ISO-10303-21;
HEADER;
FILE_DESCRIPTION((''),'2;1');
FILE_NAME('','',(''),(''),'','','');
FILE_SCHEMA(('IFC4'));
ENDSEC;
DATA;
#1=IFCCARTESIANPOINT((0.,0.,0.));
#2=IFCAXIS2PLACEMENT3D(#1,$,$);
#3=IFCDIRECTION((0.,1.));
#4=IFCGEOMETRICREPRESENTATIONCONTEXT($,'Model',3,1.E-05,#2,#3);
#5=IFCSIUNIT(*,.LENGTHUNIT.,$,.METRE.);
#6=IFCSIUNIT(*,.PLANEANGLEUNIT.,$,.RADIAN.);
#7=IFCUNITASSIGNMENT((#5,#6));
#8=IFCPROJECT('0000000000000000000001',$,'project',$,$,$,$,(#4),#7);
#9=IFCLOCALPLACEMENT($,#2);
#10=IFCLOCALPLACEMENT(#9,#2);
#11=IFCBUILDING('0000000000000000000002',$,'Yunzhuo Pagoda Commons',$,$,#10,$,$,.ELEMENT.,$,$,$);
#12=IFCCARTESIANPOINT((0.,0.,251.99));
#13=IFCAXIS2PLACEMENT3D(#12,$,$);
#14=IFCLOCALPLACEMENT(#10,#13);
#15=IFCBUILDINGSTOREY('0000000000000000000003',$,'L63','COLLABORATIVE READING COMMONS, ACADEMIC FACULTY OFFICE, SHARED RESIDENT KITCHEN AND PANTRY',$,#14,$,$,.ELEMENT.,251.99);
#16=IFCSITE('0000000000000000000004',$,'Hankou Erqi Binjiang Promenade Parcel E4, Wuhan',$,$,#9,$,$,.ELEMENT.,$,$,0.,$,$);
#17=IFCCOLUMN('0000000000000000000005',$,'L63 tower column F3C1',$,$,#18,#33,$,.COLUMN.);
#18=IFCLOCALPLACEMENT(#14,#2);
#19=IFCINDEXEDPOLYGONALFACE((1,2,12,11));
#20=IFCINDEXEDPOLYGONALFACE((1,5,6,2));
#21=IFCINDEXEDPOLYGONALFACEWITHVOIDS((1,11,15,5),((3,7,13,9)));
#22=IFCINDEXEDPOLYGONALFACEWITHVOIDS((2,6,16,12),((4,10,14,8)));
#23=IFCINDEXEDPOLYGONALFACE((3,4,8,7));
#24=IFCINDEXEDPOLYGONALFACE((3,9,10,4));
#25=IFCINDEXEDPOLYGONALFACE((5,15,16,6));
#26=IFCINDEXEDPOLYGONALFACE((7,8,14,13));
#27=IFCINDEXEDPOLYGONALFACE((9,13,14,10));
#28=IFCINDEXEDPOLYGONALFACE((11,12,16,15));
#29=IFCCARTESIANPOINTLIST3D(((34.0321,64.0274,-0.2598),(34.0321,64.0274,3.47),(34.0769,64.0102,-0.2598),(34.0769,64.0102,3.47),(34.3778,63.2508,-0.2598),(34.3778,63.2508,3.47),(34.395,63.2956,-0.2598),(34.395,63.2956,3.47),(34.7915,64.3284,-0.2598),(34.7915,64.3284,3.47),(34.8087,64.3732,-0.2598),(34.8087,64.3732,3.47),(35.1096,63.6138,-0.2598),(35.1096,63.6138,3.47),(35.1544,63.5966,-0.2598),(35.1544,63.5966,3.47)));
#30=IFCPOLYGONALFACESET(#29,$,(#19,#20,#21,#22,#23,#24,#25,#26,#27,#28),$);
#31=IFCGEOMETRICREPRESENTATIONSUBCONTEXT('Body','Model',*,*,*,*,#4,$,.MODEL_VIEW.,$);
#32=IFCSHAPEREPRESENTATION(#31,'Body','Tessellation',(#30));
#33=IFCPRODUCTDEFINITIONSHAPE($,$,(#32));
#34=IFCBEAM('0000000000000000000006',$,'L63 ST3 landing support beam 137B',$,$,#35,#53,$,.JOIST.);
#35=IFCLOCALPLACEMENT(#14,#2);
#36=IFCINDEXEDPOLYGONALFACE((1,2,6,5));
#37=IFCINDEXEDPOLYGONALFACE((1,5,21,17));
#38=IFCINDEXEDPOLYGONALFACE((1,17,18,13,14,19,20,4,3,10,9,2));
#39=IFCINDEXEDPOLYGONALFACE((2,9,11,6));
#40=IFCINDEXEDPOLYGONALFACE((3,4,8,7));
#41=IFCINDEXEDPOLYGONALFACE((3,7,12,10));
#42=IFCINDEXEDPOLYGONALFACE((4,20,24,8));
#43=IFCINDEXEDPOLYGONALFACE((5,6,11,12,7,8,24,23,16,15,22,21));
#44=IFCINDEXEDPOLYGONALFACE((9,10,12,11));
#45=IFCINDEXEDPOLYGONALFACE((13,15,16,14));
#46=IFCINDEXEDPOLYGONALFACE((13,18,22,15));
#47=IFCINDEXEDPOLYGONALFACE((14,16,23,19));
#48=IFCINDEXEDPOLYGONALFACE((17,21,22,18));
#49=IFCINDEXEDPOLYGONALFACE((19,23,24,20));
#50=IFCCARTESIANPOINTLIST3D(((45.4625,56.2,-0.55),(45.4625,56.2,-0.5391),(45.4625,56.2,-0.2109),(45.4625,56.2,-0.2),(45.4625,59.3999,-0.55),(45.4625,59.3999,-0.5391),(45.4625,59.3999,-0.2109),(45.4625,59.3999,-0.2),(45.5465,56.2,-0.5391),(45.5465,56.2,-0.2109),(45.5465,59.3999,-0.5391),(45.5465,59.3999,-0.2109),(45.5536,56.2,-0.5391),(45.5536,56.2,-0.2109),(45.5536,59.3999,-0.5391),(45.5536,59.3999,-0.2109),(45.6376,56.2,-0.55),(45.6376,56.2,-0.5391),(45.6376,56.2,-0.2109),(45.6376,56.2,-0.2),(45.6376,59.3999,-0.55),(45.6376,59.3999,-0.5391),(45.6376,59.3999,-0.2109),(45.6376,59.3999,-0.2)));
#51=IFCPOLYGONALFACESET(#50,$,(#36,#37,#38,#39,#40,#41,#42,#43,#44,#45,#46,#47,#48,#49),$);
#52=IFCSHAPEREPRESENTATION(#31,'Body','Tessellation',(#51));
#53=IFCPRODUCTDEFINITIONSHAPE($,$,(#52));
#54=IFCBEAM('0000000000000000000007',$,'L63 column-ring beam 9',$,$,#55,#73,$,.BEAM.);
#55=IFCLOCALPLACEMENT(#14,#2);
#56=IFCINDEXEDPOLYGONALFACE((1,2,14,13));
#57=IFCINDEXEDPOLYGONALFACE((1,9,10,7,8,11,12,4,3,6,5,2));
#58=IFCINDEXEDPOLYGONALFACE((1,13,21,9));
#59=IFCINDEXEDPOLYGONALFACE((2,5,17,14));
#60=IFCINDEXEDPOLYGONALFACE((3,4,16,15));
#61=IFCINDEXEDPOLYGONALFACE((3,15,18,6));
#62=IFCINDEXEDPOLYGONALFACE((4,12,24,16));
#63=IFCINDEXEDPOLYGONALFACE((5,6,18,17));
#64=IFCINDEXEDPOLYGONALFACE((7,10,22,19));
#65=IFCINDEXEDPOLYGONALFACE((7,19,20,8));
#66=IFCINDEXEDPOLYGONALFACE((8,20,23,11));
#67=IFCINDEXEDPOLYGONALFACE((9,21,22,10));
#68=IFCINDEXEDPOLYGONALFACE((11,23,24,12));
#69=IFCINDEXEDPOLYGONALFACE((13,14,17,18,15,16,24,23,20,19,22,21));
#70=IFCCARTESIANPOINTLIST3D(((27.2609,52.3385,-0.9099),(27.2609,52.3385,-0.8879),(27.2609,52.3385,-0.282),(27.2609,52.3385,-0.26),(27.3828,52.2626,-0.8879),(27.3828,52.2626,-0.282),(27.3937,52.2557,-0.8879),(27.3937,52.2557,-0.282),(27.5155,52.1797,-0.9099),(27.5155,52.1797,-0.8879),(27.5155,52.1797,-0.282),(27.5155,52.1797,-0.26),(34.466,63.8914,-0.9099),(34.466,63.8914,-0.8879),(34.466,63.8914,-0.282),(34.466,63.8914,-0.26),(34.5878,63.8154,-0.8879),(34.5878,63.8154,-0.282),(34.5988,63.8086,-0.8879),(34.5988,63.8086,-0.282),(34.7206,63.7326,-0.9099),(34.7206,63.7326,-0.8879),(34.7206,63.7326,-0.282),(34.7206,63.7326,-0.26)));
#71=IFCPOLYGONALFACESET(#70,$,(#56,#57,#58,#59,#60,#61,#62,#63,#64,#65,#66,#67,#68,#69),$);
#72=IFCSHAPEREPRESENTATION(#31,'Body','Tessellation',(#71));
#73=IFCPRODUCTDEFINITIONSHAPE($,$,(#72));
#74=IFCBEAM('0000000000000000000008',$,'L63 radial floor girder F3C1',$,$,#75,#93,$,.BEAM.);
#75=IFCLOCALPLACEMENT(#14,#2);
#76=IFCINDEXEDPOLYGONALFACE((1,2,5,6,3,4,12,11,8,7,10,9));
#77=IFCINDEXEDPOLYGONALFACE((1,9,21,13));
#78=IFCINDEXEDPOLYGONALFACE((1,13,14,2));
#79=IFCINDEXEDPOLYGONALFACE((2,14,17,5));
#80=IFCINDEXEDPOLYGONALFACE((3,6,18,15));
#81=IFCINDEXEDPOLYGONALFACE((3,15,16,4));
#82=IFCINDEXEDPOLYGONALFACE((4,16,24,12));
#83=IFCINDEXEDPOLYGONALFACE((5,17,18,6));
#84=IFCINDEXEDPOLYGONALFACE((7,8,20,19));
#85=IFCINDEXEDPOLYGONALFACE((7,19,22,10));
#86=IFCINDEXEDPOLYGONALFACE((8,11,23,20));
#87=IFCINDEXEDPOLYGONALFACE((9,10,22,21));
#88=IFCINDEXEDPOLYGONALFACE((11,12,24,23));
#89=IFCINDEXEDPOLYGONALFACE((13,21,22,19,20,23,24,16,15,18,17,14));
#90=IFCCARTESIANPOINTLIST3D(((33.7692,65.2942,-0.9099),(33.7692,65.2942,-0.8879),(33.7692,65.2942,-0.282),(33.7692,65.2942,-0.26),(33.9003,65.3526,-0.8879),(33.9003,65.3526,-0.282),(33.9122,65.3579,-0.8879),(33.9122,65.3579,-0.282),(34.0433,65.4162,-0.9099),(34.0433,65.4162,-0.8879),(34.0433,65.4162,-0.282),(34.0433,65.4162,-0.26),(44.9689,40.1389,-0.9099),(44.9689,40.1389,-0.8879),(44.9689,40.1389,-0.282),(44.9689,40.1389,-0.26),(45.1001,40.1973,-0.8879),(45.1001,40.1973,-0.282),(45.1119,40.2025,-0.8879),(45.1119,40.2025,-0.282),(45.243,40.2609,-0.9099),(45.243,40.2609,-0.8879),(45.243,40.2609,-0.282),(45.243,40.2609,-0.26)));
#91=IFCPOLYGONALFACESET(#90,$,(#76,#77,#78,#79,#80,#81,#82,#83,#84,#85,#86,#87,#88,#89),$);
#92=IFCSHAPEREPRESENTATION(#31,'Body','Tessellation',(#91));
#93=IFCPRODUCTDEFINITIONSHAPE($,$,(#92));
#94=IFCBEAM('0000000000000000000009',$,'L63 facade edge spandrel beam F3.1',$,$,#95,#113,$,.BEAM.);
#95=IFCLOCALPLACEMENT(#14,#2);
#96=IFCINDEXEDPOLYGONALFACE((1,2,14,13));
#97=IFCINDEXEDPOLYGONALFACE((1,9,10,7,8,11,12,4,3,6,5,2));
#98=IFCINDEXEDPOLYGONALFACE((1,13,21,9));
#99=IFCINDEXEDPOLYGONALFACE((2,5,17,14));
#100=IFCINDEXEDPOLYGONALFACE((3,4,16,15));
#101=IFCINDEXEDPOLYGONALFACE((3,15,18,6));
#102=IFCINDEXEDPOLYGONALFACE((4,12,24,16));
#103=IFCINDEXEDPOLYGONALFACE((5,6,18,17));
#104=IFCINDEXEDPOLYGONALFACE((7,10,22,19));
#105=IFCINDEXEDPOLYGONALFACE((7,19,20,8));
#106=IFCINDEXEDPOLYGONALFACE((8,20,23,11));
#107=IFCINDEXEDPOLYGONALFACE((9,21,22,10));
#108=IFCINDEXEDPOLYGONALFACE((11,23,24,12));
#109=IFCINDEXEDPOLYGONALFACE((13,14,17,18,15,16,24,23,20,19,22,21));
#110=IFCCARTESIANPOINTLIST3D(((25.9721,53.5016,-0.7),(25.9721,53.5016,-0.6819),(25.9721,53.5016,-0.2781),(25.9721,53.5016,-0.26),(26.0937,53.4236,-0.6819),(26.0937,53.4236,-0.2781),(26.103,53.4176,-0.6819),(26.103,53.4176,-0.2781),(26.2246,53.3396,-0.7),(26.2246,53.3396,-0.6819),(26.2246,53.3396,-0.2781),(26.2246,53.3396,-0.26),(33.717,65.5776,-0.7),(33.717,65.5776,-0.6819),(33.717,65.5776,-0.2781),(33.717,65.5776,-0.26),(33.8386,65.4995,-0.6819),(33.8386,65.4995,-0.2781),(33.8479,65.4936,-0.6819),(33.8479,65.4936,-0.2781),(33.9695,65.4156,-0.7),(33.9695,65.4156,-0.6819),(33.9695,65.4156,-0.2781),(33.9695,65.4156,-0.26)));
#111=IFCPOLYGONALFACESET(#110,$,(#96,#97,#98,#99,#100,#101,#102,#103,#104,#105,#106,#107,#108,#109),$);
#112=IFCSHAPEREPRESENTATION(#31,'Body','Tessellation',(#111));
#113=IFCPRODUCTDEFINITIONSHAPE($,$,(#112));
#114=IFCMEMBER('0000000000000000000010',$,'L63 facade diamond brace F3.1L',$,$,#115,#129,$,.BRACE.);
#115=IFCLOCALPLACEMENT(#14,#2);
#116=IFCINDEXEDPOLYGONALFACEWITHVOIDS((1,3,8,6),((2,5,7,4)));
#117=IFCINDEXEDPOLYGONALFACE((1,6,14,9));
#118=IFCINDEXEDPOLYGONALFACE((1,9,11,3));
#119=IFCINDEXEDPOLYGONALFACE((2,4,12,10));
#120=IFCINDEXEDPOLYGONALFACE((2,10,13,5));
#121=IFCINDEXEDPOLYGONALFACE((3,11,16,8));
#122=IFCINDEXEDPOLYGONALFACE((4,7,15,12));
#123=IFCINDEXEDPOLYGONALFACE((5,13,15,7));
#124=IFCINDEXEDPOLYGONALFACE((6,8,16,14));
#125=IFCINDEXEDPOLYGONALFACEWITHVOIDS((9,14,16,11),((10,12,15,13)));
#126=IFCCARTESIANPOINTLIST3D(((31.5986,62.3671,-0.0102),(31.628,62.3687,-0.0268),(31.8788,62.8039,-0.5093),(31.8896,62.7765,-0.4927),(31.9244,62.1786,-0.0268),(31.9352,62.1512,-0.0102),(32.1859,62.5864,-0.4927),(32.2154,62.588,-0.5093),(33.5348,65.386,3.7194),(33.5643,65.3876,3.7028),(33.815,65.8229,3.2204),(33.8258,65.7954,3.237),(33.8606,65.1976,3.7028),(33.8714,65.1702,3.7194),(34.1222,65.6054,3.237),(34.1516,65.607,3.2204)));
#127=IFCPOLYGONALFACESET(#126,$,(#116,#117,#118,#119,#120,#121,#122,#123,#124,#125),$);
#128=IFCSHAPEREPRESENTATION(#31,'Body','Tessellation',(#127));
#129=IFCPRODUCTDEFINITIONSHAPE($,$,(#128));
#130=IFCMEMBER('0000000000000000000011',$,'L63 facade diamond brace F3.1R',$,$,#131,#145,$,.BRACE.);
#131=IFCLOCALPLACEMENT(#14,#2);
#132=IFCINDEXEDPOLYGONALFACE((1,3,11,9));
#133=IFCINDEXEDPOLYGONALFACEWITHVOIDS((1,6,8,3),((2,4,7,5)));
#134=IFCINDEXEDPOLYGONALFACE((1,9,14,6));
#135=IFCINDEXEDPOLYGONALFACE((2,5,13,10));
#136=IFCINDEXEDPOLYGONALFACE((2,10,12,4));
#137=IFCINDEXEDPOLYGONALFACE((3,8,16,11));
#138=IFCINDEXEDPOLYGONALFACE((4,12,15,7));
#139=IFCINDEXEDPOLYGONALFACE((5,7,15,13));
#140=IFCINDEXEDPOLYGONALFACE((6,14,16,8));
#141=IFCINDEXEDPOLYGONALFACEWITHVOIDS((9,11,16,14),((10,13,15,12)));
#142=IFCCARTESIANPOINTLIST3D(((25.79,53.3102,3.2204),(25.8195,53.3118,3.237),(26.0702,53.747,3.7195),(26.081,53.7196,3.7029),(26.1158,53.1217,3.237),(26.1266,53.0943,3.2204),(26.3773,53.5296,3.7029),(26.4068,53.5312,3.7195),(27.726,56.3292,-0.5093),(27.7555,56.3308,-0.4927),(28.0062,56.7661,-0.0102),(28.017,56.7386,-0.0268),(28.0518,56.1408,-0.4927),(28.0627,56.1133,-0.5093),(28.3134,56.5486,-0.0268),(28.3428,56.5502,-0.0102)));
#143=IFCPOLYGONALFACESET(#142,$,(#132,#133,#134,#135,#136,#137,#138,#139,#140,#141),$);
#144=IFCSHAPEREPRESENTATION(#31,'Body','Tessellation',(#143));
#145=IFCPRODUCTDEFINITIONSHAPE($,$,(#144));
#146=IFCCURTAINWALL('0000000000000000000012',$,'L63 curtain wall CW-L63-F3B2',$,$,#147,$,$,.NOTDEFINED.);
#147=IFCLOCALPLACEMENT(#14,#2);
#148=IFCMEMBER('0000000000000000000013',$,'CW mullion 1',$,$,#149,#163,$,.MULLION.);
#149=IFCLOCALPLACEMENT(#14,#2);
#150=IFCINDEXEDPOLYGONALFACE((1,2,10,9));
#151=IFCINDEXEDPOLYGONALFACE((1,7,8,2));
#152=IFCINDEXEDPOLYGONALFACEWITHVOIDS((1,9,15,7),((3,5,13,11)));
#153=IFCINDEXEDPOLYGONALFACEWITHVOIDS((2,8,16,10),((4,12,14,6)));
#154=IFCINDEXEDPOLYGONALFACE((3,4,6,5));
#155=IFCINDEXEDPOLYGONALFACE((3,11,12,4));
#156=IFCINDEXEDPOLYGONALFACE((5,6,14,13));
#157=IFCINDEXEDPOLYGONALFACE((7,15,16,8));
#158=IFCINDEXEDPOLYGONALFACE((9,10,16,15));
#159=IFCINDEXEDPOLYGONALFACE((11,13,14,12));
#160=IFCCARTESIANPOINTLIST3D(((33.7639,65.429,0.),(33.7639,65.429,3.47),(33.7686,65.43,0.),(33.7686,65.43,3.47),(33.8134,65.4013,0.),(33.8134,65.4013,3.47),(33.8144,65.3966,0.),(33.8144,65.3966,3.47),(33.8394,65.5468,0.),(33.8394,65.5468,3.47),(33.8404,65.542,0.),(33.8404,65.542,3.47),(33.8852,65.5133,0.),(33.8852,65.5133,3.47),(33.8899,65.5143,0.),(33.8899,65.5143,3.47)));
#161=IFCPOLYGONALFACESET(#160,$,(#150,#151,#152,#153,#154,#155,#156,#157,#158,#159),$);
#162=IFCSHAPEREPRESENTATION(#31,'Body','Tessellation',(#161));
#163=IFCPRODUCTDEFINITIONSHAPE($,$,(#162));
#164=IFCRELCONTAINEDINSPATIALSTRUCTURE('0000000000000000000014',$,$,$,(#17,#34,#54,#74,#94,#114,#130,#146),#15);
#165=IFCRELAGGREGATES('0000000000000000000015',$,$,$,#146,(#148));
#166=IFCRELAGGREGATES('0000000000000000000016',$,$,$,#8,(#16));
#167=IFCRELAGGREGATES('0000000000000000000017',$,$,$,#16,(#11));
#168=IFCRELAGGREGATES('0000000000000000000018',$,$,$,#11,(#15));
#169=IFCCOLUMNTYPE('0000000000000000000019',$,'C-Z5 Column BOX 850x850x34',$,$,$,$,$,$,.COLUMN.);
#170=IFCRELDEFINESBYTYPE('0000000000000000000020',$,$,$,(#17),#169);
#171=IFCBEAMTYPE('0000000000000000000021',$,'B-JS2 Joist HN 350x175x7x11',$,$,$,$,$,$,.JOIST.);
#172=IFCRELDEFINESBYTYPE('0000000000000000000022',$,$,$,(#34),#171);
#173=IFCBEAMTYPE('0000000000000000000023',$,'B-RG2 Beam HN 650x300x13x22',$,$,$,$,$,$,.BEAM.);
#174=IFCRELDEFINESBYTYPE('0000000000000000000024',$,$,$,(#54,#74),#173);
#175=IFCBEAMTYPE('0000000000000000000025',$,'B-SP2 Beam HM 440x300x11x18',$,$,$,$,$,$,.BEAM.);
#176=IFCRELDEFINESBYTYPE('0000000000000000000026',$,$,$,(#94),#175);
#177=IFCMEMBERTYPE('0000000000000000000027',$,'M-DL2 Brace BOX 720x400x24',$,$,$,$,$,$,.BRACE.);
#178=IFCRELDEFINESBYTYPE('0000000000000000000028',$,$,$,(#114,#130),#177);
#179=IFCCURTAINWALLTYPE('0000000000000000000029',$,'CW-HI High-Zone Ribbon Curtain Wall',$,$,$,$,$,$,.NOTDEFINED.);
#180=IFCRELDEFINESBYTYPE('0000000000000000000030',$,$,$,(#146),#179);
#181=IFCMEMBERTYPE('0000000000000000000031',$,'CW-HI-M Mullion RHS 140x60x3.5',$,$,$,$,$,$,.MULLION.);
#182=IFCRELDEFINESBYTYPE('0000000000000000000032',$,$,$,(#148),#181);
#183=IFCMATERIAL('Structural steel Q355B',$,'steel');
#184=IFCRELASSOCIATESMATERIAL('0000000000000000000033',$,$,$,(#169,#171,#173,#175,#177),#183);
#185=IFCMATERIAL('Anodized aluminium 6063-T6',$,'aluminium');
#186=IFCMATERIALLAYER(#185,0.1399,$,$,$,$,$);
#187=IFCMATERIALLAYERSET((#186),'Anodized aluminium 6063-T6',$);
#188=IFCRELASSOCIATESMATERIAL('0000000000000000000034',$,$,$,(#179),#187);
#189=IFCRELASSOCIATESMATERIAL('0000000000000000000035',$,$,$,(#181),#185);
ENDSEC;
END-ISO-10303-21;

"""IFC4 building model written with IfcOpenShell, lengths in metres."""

from ifc_helpers import new_model, si_unit, direction, frame, origin, origin_2d, place, context, subcontext, project, spatial, hollow_rectangle, i_section, extrude, source, transform, mapped, material, layer, layer_set, material_profile, profile_set, type_object, element, aggregate, save


model = new_model("IFC4")

# Units and contexts
model_context = context("Model", 3, precision=1e-05, world=origin(), true_north=direction((0.0, 1.0)))
body_context = subcontext(model_context, "Body", "Model", "MODEL_VIEW")
ifc_project = project(units=[si_unit("LENGTHUNIT", "METRE"), si_unit("PLANEANGLEUNIT", "RADIAN")], contexts=[model_context])

# Site, building, storey
site_placement = place(None, origin())
site = spatial("IfcSite", under=ifc_project, at=site_placement, Name="Hankou Erqi Binjiang Promenade Parcel E4, Wuhan", CompositionType="ELEMENT", RefElevation=0.0)
building_placement = place(site_placement, origin())
building = spatial("IfcBuilding", under=site, at=building_placement, Name="Yunzhuo Pagoda Commons", CompositionType="ELEMENT")
storey_placement = place(building_placement, frame((0.0, 0.0, 251.99)))
storey = spatial("IfcBuildingStorey", under=building, at=storey_placement, Name="L63", Description="COLLABORATIVE READING COMMONS, ACADEMIC FACULTY OFFICE, SHARED RESIDENT KITCHEN AND PANTRY", CompositionType="ELEMENT", Elevation=251.99)

# Column
ifc_material_1 = material(Name="Structural steel Q355B", Category="steel")
ifc_material_profile_1 = material_profile(ifc_material_1, hollow_rectangle(XDim=0.8501, YDim=0.8501, WallThickness=0.0339, at=origin_2d()), Name="Structural steel Q355B")
ifc_profile_set_1 = profile_set([ifc_material_profile_1], Name="Structural steel Q355B")
column_type = type_object("IfcColumnType", Name="C-Z5 Column BOX 850x850x34", PredefinedType="COLUMN", material=ifc_profile_set_1)
shared_shape_1 = source(origin(), body_context, "Body", "SweptSolid", [
    extrude(hollow_rectangle(XDim=0.8501, YDim=0.8501, WallThickness=0.0339, at=origin_2d()), origin(), (0.0, 0.0, 1.0), 3.7297),
])
column_placement = place(storey_placement, frame((34.5933, 63.812, -0.2598), z_axis=(0.0, 0.0, 1.0), x_axis=(-0.913545, -0.406737, 0.0)))
element("IfcColumn", 1, at=column_placement, inside=storey, type_object=column_type, Name="L63 tower column F3C1", PredefinedType="COLUMN", context=body_context, shape_type="MappedRepresentation", body=[
    mapped(shared_shape_1, transform((0.0, 0.0, 0.0), scale=1.0)),
])

# Beams
ifc_material_profile_2 = material_profile(ifc_material_1, i_section(OverallWidth=0.175, OverallDepth=0.3501, WebThickness=0.0071, FlangeThickness=0.011, at=origin_2d()), Name="Structural steel Q355B")
ifc_profile_set_2 = profile_set([ifc_material_profile_2], Name="Structural steel Q355B")
beam_type_1 = type_object("IfcBeamType", Name="B-JS2 Joist HN 350x175x7x11", PredefinedType="JOIST", material=ifc_profile_set_2)
shared_shape_2 = source(origin(), body_context, "Body", "SweptSolid", [
    extrude(i_section(OverallWidth=0.175, OverallDepth=0.3501, WebThickness=0.0071, FlangeThickness=0.011, at=origin_2d()), origin(), (0.0, 0.0, 1.0), 3.2),
])
beam_1_placement = place(storey_placement, frame((45.55, 56.2, -0.375), z_axis=(0.0, 1.0, 0.0), x_axis=(-1.0, 0.0, 0.0)))
element("IfcBeam", 2, at=beam_1_placement, inside=storey, type_object=beam_type_1, Name="L63 ST3 landing support beam 137B", PredefinedType="JOIST", context=body_context, shape_type="MappedRepresentation", body=[
    mapped(shared_shape_2, transform((0.0, 0.0, 0.0), scale=1.0)),
])
ifc_material_profile_3 = material_profile(ifc_material_1, i_section(OverallWidth=0.3, OverallDepth=0.6499, WebThickness=0.0129, FlangeThickness=0.022, at=origin_2d()), Name="Structural steel Q355B")
ifc_profile_set_3 = profile_set([ifc_material_profile_3], Name="Structural steel Q355B")
beam_type_2 = type_object("IfcBeamType", Name="B-RG2 Beam HN 650x300x13x22", PredefinedType="BEAM", material=ifc_profile_set_3)
shared_shape_3 = source(origin(), body_context, "Body", "SweptSolid", [
    extrude(i_section(OverallWidth=0.3, OverallDepth=0.6499, WebThickness=0.0129, FlangeThickness=0.022, at=origin_2d()), origin(), (0.0, 0.0, 1.0), 13.6155),
])
beam_2_placement = place(storey_placement, frame((34.5933, 63.812, -0.585), z_axis=(-0.529178, -0.848511, 0.0), x_axis=(0.848511, -0.529178, 0.0)))
element("IfcBeam", 3, at=beam_2_placement, inside=storey, type_object=beam_type_2, Name="L63 column-ring beam 9", PredefinedType="BEAM", context=body_context, shape_type="MappedRepresentation", body=[
    mapped(shared_shape_3, transform((0.0, 0.0, 0.0), scale=1.0)),
])
shared_shape_4 = source(origin(), body_context, "Body", "SweptSolid", [
    extrude(i_section(OverallWidth=0.3, OverallDepth=0.6499, WebThickness=0.0129, FlangeThickness=0.022, at=origin_2d()), origin(), (0.0, 0.0, 1.0), 27.5359),
])
beam_3_placement = place(storey_placement, frame((33.9062, 65.3552, -0.585), z_axis=(0.406732, -0.913547, 0.0), x_axis=(0.913547, 0.406732, 0.0)))
element("IfcBeam", 4, at=beam_3_placement, inside=storey, type_object=beam_type_2, Name="L63 radial floor girder F3C1", PredefinedType="BEAM", context=body_context, shape_type="MappedRepresentation", body=[
    mapped(shared_shape_4, transform((0.0, 0.0, 0.0), scale=1.0)),
])
ifc_material_profile_4 = material_profile(ifc_material_1, i_section(OverallWidth=0.3, OverallDepth=0.4399, WebThickness=0.011, FlangeThickness=0.0181, at=origin_2d()), Name="Structural steel Q355B")
ifc_profile_set_4 = profile_set([ifc_material_profile_4], Name="Structural steel Q355B")
beam_type_3 = type_object("IfcBeamType", Name="B-SP2 Beam HM 440x300x11x18", PredefinedType="BEAM", material=ifc_profile_set_4)
shared_shape_5 = source(origin(), body_context, "Body", "SweptSolid", [
    extrude(i_section(OverallWidth=0.3, OverallDepth=0.4399, WebThickness=0.011, FlangeThickness=0.0181, at=origin_2d()), origin(), (0.0, 0.0, 1.0), 14.3462),
])
beam_4_placement = place(storey_placement, frame((33.8433, 65.4966, -0.48), z_axis=(-0.539858, -0.841756, 0.0), x_axis=(0.841756, -0.539858, 0.0)))
element("IfcBeam", 5, at=beam_4_placement, inside=storey, type_object=beam_type_3, Name="L63 facade edge spandrel beam F3.1", PredefinedType="BEAM", context=body_context, shape_type="MappedRepresentation", body=[
    mapped(shared_shape_5, transform((0.0, 0.0, 0.0), scale=1.0)),
])

# Members
ifc_material_profile_5 = material_profile(ifc_material_1, hollow_rectangle(XDim=0.3999, YDim=0.72, WallThickness=0.0239, at=origin_2d()), Name="Structural steel Q355B")
ifc_profile_set_5 = profile_set([ifc_material_profile_5], Name="Structural steel Q355B")
member_type_1 = type_object("IfcMemberType", Name="M-DL2 Brace BOX 720x400x24", PredefinedType="BRACE", material=ifc_profile_set_5)
shared_shape_6 = source(origin(), body_context, "Body", "SweptSolid", [
    extrude(hollow_rectangle(XDim=0.3999, YDim=0.72, WallThickness=0.0239, at=origin_2d()), origin(), (0.0, 0.0, 1.0), 5.1743),
])
for number, where, z_axis, x_axis, name in (
    (6, (31.907, 62.4775, -0.2598), (0.374201, 0.583454, 0.720801), (-0.841753, 0.539863, 0.0), "L63 facade diamond brace F3.1L"),
    (7, (28.0344, 56.4397, -0.2598), (-0.374161, -0.583464, 0.720814), (0.841784, -0.539815, 0.0), "L63 facade diamond brace F3.1R"),
):
    element("IfcMember", number, at=place(storey_placement, frame(where, z_axis=z_axis, x_axis=x_axis)), inside=storey, type_object=member_type_1, Name=name, PredefinedType="BRACE", context=body_context, shape_type="MappedRepresentation", body=[
        mapped(shared_shape_6, transform((0.0, 0.0, 0.0), scale=1.0)),
    ])

# Curtain wall, member
ifc_material_2 = material(Name="Anodized aluminium 6063-T6", Category="aluminium")
ifc_layer_1 = layer(ifc_material_2, 0.1399)
ifc_layer_set_1 = layer_set([ifc_layer_1], Name="Anodized aluminium 6063-T6")
curtain_wall_type = type_object("IfcCurtainWallType", Name="CW-HI High-Zone Ribbon Curtain Wall", PredefinedType="NOTDEFINED", material=ifc_layer_set_1)
curtain_wall_1_placement = place(storey_placement, origin())
curtain_wall_1 = element("IfcCurtainWall", 8, at=curtain_wall_1_placement, inside=storey, type_object=curtain_wall_type, Name="L63 curtain wall CW-L63-F3B2", PredefinedType="NOTDEFINED")
ifc_material_profile_6 = material_profile(ifc_material_2, hollow_rectangle(XDim=0.0601, YDim=0.1399, WallThickness=0.0034, at=origin_2d()), Name="Anodized aluminium 6063-T6")
ifc_profile_set_6 = profile_set([ifc_material_profile_6], Name="Anodized aluminium 6063-T6")
member_type_2 = type_object("IfcMemberType", Name="CW-HI-M Mullion RHS 140x60x3.5", PredefinedType="MULLION", material=ifc_profile_set_6)
shared_shape_7 = source(origin(), body_context, "Body", "SweptSolid", [
    extrude(hollow_rectangle(XDim=0.0601, YDim=0.1399, WallThickness=0.0034, at=origin_2d()), origin(), (0.0, 0.0, 1.0), 3.47),
])
member_1_placement = place(storey_placement, frame((33.8269, 65.4717, 0.0), z_axis=(0.0, 0.0, 1.0), x_axis=(0.84175, -0.539867, 0.0)))
member_1 = element("IfcMember", 9, at=member_1_placement, type_object=member_type_2, Name="CW mullion 1", PredefinedType="MULLION", context=body_context, shape_type="MappedRepresentation", body=[
    mapped(shared_shape_7, transform((0.0, 0.0, 0.0), scale=1.0)),
])

aggregate(curtain_wall_1, [member_1])

save(model, "model.ifc")
